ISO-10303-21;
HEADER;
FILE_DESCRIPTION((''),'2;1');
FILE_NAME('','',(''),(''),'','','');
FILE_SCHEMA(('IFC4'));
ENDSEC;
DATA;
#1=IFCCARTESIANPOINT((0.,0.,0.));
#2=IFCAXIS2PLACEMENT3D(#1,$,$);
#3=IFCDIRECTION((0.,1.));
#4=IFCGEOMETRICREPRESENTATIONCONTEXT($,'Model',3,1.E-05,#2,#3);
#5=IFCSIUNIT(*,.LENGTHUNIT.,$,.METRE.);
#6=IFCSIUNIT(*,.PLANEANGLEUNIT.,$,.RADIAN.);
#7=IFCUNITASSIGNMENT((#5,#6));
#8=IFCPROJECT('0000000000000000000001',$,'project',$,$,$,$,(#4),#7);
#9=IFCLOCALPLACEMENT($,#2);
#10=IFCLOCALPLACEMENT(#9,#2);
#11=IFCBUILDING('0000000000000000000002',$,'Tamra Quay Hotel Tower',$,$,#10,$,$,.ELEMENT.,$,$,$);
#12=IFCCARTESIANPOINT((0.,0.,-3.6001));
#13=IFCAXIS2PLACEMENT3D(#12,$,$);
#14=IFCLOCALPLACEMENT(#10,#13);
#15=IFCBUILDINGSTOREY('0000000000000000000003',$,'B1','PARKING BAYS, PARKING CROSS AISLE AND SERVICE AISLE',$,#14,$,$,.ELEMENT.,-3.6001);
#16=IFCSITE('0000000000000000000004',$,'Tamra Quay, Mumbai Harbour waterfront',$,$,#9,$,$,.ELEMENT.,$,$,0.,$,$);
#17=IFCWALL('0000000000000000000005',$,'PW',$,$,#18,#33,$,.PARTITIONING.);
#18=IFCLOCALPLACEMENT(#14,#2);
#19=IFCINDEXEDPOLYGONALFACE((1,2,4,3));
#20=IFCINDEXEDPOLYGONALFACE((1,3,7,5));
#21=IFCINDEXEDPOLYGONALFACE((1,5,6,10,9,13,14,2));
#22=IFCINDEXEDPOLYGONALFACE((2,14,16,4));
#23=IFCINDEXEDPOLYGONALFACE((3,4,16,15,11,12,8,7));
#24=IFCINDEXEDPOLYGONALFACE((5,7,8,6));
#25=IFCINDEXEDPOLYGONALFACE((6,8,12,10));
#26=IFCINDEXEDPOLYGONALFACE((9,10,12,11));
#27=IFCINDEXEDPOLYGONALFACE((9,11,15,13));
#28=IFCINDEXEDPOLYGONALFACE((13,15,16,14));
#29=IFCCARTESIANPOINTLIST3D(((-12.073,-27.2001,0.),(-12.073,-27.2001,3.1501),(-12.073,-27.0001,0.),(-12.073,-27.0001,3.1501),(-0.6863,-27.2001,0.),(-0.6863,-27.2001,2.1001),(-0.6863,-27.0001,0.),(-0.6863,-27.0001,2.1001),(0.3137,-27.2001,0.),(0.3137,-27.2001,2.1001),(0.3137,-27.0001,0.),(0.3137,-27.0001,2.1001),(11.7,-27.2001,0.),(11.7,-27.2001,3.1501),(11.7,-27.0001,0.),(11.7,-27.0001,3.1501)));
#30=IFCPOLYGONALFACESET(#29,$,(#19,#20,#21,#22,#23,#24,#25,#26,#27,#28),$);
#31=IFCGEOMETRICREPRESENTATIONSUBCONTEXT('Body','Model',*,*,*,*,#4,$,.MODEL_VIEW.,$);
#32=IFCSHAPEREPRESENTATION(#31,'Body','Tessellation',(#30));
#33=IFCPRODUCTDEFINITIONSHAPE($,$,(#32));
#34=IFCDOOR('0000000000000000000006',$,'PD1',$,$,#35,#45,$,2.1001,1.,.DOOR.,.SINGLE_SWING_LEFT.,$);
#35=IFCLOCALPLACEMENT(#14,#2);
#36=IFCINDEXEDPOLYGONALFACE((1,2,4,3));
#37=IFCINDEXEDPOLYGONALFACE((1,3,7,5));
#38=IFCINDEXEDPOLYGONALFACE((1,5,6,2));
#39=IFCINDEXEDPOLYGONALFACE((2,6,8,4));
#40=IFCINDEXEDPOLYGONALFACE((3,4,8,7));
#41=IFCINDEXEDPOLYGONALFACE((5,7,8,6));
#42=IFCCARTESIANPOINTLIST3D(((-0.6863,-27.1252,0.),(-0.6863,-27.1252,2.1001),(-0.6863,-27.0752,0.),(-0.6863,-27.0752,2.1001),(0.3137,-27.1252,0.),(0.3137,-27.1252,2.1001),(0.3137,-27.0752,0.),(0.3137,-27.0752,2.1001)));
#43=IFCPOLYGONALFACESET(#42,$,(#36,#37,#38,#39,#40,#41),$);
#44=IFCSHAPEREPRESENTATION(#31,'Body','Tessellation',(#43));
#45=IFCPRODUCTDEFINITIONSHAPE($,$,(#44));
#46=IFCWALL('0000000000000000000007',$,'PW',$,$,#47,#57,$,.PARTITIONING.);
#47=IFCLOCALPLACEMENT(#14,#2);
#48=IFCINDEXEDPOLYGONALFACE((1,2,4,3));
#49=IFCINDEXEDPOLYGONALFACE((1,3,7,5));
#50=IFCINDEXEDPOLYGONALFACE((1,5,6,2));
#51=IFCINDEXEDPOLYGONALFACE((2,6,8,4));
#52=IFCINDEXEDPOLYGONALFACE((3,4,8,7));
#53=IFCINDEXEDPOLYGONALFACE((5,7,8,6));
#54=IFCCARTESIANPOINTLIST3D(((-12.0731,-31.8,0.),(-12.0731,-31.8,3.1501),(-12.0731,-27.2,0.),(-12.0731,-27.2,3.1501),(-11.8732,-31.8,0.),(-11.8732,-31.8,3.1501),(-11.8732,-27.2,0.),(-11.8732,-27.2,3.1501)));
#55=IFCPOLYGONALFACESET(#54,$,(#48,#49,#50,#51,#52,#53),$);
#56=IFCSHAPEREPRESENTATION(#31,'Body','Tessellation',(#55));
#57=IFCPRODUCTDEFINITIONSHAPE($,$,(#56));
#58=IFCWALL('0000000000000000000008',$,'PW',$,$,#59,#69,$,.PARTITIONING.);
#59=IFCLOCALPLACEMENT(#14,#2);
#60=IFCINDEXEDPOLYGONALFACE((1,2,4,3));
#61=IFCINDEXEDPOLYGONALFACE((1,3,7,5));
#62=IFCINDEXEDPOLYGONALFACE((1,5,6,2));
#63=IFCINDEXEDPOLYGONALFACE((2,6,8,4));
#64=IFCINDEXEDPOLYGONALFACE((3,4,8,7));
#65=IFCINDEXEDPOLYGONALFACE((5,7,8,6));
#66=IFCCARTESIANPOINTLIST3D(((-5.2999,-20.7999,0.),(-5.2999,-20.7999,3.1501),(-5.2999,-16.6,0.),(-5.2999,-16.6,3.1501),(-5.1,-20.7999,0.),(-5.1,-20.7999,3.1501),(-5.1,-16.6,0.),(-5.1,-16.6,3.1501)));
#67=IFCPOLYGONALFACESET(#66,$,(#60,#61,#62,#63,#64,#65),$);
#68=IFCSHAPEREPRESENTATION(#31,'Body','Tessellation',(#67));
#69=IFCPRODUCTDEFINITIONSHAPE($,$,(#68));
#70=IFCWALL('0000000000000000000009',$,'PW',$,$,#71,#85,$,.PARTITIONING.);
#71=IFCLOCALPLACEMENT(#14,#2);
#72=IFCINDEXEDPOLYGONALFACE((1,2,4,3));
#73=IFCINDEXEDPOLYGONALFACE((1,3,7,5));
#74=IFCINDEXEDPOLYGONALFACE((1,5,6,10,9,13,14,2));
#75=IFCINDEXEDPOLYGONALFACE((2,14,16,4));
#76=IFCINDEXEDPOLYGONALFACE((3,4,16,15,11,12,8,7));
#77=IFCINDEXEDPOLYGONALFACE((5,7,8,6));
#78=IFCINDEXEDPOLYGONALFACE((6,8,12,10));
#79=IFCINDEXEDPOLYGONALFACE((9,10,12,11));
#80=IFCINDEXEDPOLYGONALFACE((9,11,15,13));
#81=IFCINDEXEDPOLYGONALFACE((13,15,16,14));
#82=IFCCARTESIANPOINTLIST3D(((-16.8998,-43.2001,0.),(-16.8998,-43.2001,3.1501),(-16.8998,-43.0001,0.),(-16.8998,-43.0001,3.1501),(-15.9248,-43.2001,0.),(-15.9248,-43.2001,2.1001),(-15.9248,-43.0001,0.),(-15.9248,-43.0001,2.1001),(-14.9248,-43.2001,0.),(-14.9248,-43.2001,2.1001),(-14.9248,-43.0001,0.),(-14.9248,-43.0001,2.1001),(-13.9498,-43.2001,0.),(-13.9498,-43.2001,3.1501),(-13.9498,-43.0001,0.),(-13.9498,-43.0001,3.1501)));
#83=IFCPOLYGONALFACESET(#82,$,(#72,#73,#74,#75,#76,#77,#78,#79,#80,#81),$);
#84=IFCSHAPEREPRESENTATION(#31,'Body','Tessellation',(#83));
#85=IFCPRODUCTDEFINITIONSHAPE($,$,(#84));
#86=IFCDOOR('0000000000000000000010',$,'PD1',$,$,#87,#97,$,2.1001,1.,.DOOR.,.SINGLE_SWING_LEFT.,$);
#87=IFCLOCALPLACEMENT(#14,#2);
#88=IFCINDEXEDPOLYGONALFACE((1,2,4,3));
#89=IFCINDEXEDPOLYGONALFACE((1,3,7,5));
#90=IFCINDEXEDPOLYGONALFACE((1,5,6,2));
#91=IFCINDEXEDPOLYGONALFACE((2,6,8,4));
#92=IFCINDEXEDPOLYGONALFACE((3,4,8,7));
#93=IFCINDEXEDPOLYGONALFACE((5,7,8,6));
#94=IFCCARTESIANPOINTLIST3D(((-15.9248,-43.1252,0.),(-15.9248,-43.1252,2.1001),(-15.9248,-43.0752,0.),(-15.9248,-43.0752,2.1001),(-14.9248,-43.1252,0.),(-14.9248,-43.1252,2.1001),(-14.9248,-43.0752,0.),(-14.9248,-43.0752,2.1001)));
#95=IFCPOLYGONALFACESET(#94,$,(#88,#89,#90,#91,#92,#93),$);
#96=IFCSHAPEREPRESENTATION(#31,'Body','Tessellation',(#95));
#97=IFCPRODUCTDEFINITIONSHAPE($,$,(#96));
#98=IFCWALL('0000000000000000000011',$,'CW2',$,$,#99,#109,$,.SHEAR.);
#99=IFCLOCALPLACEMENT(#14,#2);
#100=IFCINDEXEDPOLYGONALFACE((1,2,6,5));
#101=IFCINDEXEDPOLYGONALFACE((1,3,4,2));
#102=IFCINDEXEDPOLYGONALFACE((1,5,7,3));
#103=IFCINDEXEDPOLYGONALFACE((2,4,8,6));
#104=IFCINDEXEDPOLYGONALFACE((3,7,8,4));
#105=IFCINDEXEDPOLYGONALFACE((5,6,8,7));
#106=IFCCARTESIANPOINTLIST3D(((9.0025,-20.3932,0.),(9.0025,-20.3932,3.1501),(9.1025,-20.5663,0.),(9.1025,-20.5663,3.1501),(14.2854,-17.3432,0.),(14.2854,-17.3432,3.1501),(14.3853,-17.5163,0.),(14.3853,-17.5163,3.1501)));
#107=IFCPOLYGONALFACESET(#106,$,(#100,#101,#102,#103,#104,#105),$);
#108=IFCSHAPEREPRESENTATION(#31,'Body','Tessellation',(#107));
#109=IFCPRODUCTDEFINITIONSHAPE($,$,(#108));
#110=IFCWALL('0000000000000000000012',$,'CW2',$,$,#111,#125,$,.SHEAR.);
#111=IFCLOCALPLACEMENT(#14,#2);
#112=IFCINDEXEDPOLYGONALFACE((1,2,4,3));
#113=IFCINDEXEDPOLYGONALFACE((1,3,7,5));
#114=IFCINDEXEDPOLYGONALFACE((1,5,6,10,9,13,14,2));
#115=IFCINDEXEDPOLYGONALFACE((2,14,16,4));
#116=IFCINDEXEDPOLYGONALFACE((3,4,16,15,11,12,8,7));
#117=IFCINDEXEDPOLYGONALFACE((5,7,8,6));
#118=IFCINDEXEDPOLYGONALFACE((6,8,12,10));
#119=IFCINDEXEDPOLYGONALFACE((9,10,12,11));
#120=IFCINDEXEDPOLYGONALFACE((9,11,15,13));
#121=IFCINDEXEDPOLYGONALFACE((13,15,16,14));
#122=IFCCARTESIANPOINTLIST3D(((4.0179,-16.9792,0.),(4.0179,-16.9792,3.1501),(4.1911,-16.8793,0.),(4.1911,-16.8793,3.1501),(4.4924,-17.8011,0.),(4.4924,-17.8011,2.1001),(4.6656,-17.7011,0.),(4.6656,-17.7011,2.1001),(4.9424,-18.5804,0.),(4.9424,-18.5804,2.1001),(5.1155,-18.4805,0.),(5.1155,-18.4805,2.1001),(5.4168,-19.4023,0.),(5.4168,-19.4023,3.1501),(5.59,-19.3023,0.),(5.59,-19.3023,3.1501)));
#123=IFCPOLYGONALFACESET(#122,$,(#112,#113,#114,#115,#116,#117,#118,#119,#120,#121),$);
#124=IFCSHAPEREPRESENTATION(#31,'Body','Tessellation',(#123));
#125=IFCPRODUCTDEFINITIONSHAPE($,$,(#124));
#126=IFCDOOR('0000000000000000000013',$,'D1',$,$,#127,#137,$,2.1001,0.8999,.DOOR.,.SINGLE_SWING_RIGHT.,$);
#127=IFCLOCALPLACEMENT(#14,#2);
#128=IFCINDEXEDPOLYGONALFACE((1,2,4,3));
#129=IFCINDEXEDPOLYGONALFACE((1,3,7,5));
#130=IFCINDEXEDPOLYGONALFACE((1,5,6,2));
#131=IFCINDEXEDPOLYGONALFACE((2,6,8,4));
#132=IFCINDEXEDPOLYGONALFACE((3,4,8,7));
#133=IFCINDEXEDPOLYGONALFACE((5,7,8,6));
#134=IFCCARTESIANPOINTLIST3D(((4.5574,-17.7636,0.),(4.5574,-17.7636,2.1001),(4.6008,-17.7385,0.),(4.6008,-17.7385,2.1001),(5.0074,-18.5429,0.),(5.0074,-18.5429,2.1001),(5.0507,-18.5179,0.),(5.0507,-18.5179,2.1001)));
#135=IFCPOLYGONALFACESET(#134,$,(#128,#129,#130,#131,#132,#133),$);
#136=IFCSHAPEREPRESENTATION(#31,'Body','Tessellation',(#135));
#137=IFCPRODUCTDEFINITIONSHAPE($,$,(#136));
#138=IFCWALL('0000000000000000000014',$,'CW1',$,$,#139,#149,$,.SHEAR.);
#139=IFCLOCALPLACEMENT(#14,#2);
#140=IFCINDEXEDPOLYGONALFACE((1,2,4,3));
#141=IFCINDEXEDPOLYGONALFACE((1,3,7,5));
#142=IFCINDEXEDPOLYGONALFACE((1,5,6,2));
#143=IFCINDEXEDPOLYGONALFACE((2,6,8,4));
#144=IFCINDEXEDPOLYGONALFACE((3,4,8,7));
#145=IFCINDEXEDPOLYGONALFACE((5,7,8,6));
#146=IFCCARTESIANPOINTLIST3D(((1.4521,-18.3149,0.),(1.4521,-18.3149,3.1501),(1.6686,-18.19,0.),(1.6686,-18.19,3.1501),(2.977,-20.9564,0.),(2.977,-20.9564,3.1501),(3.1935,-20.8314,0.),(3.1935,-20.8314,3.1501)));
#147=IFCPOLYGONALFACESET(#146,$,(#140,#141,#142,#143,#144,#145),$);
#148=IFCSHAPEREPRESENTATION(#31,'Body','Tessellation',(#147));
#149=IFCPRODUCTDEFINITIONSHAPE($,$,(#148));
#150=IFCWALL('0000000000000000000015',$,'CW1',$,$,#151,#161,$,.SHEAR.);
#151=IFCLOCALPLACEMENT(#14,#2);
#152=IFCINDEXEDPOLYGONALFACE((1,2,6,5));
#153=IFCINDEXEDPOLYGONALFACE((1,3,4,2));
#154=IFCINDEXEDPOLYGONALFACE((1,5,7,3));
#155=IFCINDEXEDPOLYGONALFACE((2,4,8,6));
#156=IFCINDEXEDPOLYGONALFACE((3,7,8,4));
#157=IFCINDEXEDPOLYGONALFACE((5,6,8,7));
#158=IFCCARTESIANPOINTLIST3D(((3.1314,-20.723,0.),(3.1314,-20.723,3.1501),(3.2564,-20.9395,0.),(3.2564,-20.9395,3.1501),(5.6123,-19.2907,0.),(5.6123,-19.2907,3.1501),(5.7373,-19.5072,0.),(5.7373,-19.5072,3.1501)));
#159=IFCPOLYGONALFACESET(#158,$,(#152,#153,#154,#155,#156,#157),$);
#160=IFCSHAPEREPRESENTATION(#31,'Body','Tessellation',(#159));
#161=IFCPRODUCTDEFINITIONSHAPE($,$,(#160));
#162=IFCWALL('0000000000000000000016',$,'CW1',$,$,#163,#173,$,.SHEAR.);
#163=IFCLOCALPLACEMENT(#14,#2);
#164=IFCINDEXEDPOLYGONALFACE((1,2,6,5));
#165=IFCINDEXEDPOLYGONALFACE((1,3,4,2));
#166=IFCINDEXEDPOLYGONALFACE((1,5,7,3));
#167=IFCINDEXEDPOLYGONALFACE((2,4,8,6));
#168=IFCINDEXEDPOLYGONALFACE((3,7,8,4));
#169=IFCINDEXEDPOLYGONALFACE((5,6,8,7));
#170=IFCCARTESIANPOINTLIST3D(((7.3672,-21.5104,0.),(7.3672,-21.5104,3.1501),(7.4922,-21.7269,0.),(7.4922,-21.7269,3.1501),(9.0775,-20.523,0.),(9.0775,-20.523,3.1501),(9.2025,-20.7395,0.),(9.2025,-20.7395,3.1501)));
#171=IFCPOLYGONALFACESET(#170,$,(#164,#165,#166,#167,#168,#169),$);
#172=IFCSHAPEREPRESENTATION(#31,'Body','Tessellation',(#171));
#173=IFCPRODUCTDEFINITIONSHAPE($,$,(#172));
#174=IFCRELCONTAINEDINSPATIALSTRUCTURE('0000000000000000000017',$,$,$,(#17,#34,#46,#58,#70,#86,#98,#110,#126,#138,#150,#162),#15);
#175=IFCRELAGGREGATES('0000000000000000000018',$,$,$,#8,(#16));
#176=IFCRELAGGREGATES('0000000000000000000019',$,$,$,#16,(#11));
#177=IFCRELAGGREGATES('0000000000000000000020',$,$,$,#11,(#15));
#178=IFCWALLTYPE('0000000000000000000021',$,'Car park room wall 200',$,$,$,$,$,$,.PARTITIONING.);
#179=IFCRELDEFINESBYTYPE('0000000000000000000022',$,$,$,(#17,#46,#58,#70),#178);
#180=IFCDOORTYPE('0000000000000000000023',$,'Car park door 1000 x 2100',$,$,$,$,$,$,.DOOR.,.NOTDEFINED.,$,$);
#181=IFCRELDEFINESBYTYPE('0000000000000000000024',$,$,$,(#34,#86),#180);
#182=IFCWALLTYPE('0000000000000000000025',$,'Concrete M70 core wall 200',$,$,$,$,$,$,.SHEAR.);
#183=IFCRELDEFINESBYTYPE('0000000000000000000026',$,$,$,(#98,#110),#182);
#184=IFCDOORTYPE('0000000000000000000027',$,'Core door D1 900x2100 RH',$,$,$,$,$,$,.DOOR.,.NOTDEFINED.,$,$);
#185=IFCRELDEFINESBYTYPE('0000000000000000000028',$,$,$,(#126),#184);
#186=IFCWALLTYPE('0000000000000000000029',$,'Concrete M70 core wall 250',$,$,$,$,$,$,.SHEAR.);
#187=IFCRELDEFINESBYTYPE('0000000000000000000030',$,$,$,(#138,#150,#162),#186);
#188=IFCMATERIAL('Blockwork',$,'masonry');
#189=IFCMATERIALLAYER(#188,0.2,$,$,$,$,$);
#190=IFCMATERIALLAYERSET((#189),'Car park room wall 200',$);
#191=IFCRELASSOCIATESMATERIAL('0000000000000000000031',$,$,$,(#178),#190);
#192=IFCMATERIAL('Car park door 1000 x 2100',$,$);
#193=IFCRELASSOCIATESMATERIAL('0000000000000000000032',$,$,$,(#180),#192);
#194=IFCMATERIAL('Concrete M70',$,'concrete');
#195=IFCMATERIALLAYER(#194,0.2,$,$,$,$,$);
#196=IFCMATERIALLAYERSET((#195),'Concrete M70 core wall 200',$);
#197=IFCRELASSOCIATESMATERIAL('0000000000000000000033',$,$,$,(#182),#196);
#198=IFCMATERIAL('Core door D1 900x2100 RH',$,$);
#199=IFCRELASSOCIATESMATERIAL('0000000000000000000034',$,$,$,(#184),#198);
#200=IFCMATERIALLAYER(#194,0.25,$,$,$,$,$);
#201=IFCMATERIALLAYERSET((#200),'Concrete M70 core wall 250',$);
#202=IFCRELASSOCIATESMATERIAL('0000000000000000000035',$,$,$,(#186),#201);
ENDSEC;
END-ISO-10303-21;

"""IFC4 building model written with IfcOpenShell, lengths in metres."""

from ifc_helpers import new_model, si_unit, direction, frame, frame_2d, origin, place, context, subcontext, project, spatial, rectangle, extrude, material, layer, layer_set, type_object, element, fill, save


model = new_model("IFC4")

# Units and contexts
model_context = context("Model", 3, precision=1e-05, world=origin(), true_north=direction((0.0, 1.0)))
body_context = subcontext(model_context, "Body", "Model", "MODEL_VIEW")
ifc_project = project(units=[si_unit("LENGTHUNIT", "METRE"), si_unit("PLANEANGLEUNIT", "RADIAN")], contexts=[model_context])

# Site, building, storey
site_placement = place(None, origin())
site = spatial("IfcSite", under=ifc_project, at=site_placement, Name="Tamra Quay, Mumbai Harbour waterfront", CompositionType="ELEMENT", RefElevation=0.0)
building_placement = place(site_placement, origin())
building = spatial("IfcBuilding", under=site, at=building_placement, Name="Tamra Quay Hotel Tower", CompositionType="ELEMENT")
storey_placement = place(building_placement, frame((0.0, 0.0, -3.6001)))
storey = spatial("IfcBuildingStorey", under=building, at=storey_placement, Name="B1", Description="PARKING BAYS, PARKING CROSS AISLE AND SERVICE AISLE", CompositionType="ELEMENT", Elevation=-3.6001)

# Shared definitions
ifc_material_1 = material(Name="Concrete M70", Category="concrete")

# Shared definitions
ifc_material_2 = material(Name="Blockwork", Category="masonry")
ifc_layer_1 = layer(ifc_material_2, 0.2)
ifc_layer_set_1 = layer_set([ifc_layer_1], Name="Car park room wall 200")
wall_type_1 = type_object("IfcWallType", Name="Car park room wall 200", PredefinedType="PARTITIONING", material=ifc_layer_set_1)

# Shared definitions
ifc_material_3 = material(Name="Car park door 1000 x 2100")
door_type_1 = type_object("IfcDoorType", Name="Car park door 1000 x 2100", OperationType="NOTDEFINED", PredefinedType="DOOR", material=ifc_material_3)

# Wall, opening, door
wall_1_placement = place(storey_placement, frame((-12.073, -27.1001, 0.0), z_axis=(0.0, 0.0, 1.0), x_axis=(1.0, 0.0, 0.0)))
wall_1 = element("IfcWall", 1, at=wall_1_placement, inside=storey, type_object=wall_type_1, Name="PW", PredefinedType="PARTITIONING", context=body_context, shape_type="SweptSolid", body=[
    extrude(rectangle(XDim=23.7729, YDim=0.2, at=frame_2d((11.8865, 0.0))), origin(), (0.0, 0.0, 1.0), 3.1501),
])
opening_1_placement = place(wall_1_placement, frame((11.3867, 0.0, 0.0)))
opening_1 = element("IfcOpeningElement", 2, at=opening_1_placement, cuts=wall_1, PredefinedType="OPENING", context=body_context, shape_type="SweptSolid", body=[
    extrude(rectangle(XDim=1.0, YDim=2.1001, at=frame_2d((0.5, 1.05))), frame((0.0, 0.1099, 0.0), z_axis=(0.0, -1.0, 0.0), x_axis=(1.0, 0.0, 0.0)), (0.0, 0.0, 1.0), 0.22),
])
door_1_placement = place(opening_1_placement, origin())
door_1 = element("IfcDoor", 3, at=door_1_placement, inside=storey, type_object=door_type_1, Name="PD1", OperationType="SINGLE_SWING_LEFT", OverallHeight=2.1001, OverallWidth=1.0, PredefinedType="DOOR", context=body_context, shape_type="SweptSolid", body=[
    extrude(rectangle(XDim=1.0, YDim=2.1001, at=frame_2d((0.5, 1.05))), frame((0.0, 0.0249, 0.0), z_axis=(0.0, -1.0, 0.0), x_axis=(1.0, 0.0, 0.0)), (0.0, 0.0, 1.0), 0.05),
])
fill(opening_1, door_1)

# Walls
wall_2_placement = place(storey_placement, frame((-11.9731, -31.8, 0.0), z_axis=(0.0, 0.0, 1.0), x_axis=(0.0, 1.0, 0.0)))
element("IfcWall", 4, at=wall_2_placement, inside=storey, type_object=wall_type_1, Name="PW", PredefinedType="PARTITIONING", context=body_context, shape_type="SweptSolid", body=[
    extrude(rectangle(XDim=4.6001, YDim=0.2, at=frame_2d((2.3, 0.0))), origin(), (0.0, 0.0, 1.0), 3.1501),
])
wall_3_placement = place(storey_placement, frame((-5.2, -20.8, 0.0), z_axis=(0.0, 0.0, 1.0), x_axis=(0.0, 1.0, 0.0)))
element("IfcWall", 5, at=wall_3_placement, inside=storey, type_object=wall_type_1, Name="PW", PredefinedType="PARTITIONING", context=body_context, shape_type="SweptSolid", body=[
    extrude(rectangle(XDim=4.2, YDim=0.2, at=frame_2d((2.1001, 0.0))), origin(), (0.0, 0.0, 1.0), 3.1501),
])

# Wall, opening, door
wall_4_placement = place(storey_placement, frame((-16.8999, -43.1001, 0.0), z_axis=(0.0, 0.0, 1.0), x_axis=(1.0, 0.0, 0.0)))
wall_4 = element("IfcWall", 6, at=wall_4_placement, inside=storey, type_object=wall_type_1, Name="PW", PredefinedType="PARTITIONING", context=body_context, shape_type="SweptSolid", body=[
    extrude(rectangle(XDim=2.95, YDim=0.2, at=frame_2d((1.4751, 0.0))), origin(), (0.0, 0.0, 1.0), 3.1501),
])
opening_2_placement = place(wall_4_placement, frame((0.9751, 0.0, 0.0)))
opening_2 = element("IfcOpeningElement", 7, at=opening_2_placement, cuts=wall_4, PredefinedType="OPENING", context=body_context, shape_type="SweptSolid", body=[
    extrude(rectangle(XDim=1.0, YDim=2.1001, at=frame_2d((0.5, 1.05))), frame((0.0, 0.1099, 0.0), z_axis=(0.0, -1.0, 0.0), x_axis=(1.0, 0.0, 0.0)), (0.0, 0.0, 1.0), 0.22),
])
door_2_placement = place(opening_2_placement, origin())
door_2 = element("IfcDoor", 8, at=door_2_placement, inside=storey, type_object=door_type_1, Name="PD1", OperationType="SINGLE_SWING_LEFT", OverallHeight=2.1001, OverallWidth=1.0, PredefinedType="DOOR", context=body_context, shape_type="SweptSolid", body=[
    extrude(rectangle(XDim=1.0, YDim=2.1001, at=frame_2d((0.5, 1.05))), frame((0.0, 0.0249, 0.0), z_axis=(0.0, -1.0, 0.0), x_axis=(1.0, 0.0, 0.0)), (0.0, 0.0, 1.0), 0.05),
])
fill(opening_2, door_2)

# Wall
ifc_layer_2 = layer(ifc_material_1, 0.2)
ifc_layer_set_2 = layer_set([ifc_layer_2], Name="Concrete M70 core wall 200")
wall_type_2 = type_object("IfcWallType", Name="Concrete M70 core wall 200", PredefinedType="SHEAR", material=ifc_layer_set_2)
wall_5_placement = place(storey_placement, frame((9.0525, -20.4797, 0.0), z_axis=(0.0, 0.0, 1.0), x_axis=(0.86603, 0.499992, 0.0)))
element("IfcWall", 9, at=wall_5_placement, inside=storey, type_object=wall_type_2, Name="CW2", PredefinedType="SHEAR", context=body_context, shape_type="SweptSolid", body=[
    extrude(rectangle(XDim=6.1001, YDim=0.2, at=frame_2d((3.05, 0.0))), origin(), (0.0, 0.0, 1.0), 3.1501),
])

# Wall, opening, door
wall_6_placement = place(storey_placement, frame((5.5034, -19.3523, 0.0), z_axis=(0.0, 0.0, 1.0), x_axis=(-0.499987, 0.866033, 0.0)))
wall_6 = element("IfcWall", 10, at=wall_6_placement, inside=storey, type_object=wall_type_2, Name="CW2", PredefinedType="SHEAR", context=body_context, shape_type="SweptSolid", body=[
    extrude(rectangle(XDim=2.7979, YDim=0.2, at=frame_2d((1.3989, 0.0))), origin(), (0.0, 0.0, 1.0), 3.1501),
])
opening_3_placement = place(wall_6_placement, frame((0.949, 0.0, 0.0)))
opening_3 = element("IfcOpeningElement", 11, at=opening_3_placement, cuts=wall_6, PredefinedType="OPENING", context=body_context, shape_type="SweptSolid", body=[
    extrude(rectangle(XDim=0.8999, YDim=2.1001, at=frame_2d((0.45, 1.05))), frame((0.0, 0.1099, 0.0), z_axis=(0.0, -1.0, 0.0), x_axis=(1.0, 0.0, 0.0)), (0.0, 0.0, 1.0), 0.22),
])
ifc_material_4 = material(Name="Core door D1 900x2100 RH")
door_type_2 = type_object("IfcDoorType", Name="Core door D1 900x2100 RH", OperationType="NOTDEFINED", PredefinedType="DOOR", material=ifc_material_4)
door_3_placement = place(opening_3_placement, origin())
door_3 = element("IfcDoor", 12, at=door_3_placement, inside=storey, type_object=door_type_2, Name="D1", OperationType="SINGLE_SWING_RIGHT", OverallHeight=2.1001, OverallWidth=0.8999, PredefinedType="DOOR", context=body_context, shape_type="SweptSolid", body=[
    extrude(rectangle(XDim=0.8999, YDim=2.1001, at=frame_2d((0.45, 1.05))), frame((0.0, 0.0249, 0.0), z_axis=(0.0, -1.0, 0.0), x_axis=(1.0, 0.0, 0.0)), (0.0, 0.0, 1.0), 0.05),
])
fill(opening_3, door_3)

# Walls
ifc_layer_3 = layer(ifc_material_1, 0.25)
ifc_layer_set_3 = layer_set([ifc_layer_3], Name="Concrete M70 core wall 250")
wall_type_3 = type_object("IfcWallType", Name="Concrete M70 core wall 250", PredefinedType="SHEAR", material=ifc_layer_set_3)
wall_7_placement = place(storey_placement, frame((3.0852, -20.8938, 0.0), z_axis=(0.0, 0.0, 1.0), x_axis=(-0.499979, 0.866038, 0.0)))
element("IfcWall", 13, at=wall_7_placement, inside=storey, type_object=wall_type_3, Name="CW1", PredefinedType="SHEAR", context=body_context, shape_type="SweptSolid", body=[
    extrude(rectangle(XDim=3.05, YDim=0.25, at=frame_2d((1.5249, 0.0))), origin(), (0.0, 0.0, 1.0), 3.1501),
])
wall_8_placement = place(storey_placement, frame((5.6748, -19.3989, 0.0), z_axis=(0.0, 0.0, 1.0), x_axis=(-0.866027, -0.499998, 0.0)))
element("IfcWall", 14, at=wall_8_placement, inside=storey, type_object=wall_type_3, Name="CW1", PredefinedType="SHEAR", context=body_context, shape_type="SweptSolid", body=[
    extrude(rectangle(XDim=2.8647, YDim=0.25, at=frame_2d((1.4324, 0.0))), origin(), (0.0, 0.0, 1.0), 3.1501),
])
wall_9_placement = place(storey_placement, frame((9.1399, -20.6313, 0.0), z_axis=(0.0, 0.0, 1.0), x_axis=(-0.866044, -0.499969, 0.0)))
element("IfcWall", 15, at=wall_9_placement, inside=storey, type_object=wall_type_3, Name="CW1", PredefinedType="SHEAR", context=body_context, shape_type="SweptSolid", body=[
    extrude(rectangle(XDim=1.9749, YDim=0.25, at=frame_2d((0.9873, 0.0))), origin(), (0.0, 0.0, 1.0), 3.1501),
])

save(model, "model.ifc")
